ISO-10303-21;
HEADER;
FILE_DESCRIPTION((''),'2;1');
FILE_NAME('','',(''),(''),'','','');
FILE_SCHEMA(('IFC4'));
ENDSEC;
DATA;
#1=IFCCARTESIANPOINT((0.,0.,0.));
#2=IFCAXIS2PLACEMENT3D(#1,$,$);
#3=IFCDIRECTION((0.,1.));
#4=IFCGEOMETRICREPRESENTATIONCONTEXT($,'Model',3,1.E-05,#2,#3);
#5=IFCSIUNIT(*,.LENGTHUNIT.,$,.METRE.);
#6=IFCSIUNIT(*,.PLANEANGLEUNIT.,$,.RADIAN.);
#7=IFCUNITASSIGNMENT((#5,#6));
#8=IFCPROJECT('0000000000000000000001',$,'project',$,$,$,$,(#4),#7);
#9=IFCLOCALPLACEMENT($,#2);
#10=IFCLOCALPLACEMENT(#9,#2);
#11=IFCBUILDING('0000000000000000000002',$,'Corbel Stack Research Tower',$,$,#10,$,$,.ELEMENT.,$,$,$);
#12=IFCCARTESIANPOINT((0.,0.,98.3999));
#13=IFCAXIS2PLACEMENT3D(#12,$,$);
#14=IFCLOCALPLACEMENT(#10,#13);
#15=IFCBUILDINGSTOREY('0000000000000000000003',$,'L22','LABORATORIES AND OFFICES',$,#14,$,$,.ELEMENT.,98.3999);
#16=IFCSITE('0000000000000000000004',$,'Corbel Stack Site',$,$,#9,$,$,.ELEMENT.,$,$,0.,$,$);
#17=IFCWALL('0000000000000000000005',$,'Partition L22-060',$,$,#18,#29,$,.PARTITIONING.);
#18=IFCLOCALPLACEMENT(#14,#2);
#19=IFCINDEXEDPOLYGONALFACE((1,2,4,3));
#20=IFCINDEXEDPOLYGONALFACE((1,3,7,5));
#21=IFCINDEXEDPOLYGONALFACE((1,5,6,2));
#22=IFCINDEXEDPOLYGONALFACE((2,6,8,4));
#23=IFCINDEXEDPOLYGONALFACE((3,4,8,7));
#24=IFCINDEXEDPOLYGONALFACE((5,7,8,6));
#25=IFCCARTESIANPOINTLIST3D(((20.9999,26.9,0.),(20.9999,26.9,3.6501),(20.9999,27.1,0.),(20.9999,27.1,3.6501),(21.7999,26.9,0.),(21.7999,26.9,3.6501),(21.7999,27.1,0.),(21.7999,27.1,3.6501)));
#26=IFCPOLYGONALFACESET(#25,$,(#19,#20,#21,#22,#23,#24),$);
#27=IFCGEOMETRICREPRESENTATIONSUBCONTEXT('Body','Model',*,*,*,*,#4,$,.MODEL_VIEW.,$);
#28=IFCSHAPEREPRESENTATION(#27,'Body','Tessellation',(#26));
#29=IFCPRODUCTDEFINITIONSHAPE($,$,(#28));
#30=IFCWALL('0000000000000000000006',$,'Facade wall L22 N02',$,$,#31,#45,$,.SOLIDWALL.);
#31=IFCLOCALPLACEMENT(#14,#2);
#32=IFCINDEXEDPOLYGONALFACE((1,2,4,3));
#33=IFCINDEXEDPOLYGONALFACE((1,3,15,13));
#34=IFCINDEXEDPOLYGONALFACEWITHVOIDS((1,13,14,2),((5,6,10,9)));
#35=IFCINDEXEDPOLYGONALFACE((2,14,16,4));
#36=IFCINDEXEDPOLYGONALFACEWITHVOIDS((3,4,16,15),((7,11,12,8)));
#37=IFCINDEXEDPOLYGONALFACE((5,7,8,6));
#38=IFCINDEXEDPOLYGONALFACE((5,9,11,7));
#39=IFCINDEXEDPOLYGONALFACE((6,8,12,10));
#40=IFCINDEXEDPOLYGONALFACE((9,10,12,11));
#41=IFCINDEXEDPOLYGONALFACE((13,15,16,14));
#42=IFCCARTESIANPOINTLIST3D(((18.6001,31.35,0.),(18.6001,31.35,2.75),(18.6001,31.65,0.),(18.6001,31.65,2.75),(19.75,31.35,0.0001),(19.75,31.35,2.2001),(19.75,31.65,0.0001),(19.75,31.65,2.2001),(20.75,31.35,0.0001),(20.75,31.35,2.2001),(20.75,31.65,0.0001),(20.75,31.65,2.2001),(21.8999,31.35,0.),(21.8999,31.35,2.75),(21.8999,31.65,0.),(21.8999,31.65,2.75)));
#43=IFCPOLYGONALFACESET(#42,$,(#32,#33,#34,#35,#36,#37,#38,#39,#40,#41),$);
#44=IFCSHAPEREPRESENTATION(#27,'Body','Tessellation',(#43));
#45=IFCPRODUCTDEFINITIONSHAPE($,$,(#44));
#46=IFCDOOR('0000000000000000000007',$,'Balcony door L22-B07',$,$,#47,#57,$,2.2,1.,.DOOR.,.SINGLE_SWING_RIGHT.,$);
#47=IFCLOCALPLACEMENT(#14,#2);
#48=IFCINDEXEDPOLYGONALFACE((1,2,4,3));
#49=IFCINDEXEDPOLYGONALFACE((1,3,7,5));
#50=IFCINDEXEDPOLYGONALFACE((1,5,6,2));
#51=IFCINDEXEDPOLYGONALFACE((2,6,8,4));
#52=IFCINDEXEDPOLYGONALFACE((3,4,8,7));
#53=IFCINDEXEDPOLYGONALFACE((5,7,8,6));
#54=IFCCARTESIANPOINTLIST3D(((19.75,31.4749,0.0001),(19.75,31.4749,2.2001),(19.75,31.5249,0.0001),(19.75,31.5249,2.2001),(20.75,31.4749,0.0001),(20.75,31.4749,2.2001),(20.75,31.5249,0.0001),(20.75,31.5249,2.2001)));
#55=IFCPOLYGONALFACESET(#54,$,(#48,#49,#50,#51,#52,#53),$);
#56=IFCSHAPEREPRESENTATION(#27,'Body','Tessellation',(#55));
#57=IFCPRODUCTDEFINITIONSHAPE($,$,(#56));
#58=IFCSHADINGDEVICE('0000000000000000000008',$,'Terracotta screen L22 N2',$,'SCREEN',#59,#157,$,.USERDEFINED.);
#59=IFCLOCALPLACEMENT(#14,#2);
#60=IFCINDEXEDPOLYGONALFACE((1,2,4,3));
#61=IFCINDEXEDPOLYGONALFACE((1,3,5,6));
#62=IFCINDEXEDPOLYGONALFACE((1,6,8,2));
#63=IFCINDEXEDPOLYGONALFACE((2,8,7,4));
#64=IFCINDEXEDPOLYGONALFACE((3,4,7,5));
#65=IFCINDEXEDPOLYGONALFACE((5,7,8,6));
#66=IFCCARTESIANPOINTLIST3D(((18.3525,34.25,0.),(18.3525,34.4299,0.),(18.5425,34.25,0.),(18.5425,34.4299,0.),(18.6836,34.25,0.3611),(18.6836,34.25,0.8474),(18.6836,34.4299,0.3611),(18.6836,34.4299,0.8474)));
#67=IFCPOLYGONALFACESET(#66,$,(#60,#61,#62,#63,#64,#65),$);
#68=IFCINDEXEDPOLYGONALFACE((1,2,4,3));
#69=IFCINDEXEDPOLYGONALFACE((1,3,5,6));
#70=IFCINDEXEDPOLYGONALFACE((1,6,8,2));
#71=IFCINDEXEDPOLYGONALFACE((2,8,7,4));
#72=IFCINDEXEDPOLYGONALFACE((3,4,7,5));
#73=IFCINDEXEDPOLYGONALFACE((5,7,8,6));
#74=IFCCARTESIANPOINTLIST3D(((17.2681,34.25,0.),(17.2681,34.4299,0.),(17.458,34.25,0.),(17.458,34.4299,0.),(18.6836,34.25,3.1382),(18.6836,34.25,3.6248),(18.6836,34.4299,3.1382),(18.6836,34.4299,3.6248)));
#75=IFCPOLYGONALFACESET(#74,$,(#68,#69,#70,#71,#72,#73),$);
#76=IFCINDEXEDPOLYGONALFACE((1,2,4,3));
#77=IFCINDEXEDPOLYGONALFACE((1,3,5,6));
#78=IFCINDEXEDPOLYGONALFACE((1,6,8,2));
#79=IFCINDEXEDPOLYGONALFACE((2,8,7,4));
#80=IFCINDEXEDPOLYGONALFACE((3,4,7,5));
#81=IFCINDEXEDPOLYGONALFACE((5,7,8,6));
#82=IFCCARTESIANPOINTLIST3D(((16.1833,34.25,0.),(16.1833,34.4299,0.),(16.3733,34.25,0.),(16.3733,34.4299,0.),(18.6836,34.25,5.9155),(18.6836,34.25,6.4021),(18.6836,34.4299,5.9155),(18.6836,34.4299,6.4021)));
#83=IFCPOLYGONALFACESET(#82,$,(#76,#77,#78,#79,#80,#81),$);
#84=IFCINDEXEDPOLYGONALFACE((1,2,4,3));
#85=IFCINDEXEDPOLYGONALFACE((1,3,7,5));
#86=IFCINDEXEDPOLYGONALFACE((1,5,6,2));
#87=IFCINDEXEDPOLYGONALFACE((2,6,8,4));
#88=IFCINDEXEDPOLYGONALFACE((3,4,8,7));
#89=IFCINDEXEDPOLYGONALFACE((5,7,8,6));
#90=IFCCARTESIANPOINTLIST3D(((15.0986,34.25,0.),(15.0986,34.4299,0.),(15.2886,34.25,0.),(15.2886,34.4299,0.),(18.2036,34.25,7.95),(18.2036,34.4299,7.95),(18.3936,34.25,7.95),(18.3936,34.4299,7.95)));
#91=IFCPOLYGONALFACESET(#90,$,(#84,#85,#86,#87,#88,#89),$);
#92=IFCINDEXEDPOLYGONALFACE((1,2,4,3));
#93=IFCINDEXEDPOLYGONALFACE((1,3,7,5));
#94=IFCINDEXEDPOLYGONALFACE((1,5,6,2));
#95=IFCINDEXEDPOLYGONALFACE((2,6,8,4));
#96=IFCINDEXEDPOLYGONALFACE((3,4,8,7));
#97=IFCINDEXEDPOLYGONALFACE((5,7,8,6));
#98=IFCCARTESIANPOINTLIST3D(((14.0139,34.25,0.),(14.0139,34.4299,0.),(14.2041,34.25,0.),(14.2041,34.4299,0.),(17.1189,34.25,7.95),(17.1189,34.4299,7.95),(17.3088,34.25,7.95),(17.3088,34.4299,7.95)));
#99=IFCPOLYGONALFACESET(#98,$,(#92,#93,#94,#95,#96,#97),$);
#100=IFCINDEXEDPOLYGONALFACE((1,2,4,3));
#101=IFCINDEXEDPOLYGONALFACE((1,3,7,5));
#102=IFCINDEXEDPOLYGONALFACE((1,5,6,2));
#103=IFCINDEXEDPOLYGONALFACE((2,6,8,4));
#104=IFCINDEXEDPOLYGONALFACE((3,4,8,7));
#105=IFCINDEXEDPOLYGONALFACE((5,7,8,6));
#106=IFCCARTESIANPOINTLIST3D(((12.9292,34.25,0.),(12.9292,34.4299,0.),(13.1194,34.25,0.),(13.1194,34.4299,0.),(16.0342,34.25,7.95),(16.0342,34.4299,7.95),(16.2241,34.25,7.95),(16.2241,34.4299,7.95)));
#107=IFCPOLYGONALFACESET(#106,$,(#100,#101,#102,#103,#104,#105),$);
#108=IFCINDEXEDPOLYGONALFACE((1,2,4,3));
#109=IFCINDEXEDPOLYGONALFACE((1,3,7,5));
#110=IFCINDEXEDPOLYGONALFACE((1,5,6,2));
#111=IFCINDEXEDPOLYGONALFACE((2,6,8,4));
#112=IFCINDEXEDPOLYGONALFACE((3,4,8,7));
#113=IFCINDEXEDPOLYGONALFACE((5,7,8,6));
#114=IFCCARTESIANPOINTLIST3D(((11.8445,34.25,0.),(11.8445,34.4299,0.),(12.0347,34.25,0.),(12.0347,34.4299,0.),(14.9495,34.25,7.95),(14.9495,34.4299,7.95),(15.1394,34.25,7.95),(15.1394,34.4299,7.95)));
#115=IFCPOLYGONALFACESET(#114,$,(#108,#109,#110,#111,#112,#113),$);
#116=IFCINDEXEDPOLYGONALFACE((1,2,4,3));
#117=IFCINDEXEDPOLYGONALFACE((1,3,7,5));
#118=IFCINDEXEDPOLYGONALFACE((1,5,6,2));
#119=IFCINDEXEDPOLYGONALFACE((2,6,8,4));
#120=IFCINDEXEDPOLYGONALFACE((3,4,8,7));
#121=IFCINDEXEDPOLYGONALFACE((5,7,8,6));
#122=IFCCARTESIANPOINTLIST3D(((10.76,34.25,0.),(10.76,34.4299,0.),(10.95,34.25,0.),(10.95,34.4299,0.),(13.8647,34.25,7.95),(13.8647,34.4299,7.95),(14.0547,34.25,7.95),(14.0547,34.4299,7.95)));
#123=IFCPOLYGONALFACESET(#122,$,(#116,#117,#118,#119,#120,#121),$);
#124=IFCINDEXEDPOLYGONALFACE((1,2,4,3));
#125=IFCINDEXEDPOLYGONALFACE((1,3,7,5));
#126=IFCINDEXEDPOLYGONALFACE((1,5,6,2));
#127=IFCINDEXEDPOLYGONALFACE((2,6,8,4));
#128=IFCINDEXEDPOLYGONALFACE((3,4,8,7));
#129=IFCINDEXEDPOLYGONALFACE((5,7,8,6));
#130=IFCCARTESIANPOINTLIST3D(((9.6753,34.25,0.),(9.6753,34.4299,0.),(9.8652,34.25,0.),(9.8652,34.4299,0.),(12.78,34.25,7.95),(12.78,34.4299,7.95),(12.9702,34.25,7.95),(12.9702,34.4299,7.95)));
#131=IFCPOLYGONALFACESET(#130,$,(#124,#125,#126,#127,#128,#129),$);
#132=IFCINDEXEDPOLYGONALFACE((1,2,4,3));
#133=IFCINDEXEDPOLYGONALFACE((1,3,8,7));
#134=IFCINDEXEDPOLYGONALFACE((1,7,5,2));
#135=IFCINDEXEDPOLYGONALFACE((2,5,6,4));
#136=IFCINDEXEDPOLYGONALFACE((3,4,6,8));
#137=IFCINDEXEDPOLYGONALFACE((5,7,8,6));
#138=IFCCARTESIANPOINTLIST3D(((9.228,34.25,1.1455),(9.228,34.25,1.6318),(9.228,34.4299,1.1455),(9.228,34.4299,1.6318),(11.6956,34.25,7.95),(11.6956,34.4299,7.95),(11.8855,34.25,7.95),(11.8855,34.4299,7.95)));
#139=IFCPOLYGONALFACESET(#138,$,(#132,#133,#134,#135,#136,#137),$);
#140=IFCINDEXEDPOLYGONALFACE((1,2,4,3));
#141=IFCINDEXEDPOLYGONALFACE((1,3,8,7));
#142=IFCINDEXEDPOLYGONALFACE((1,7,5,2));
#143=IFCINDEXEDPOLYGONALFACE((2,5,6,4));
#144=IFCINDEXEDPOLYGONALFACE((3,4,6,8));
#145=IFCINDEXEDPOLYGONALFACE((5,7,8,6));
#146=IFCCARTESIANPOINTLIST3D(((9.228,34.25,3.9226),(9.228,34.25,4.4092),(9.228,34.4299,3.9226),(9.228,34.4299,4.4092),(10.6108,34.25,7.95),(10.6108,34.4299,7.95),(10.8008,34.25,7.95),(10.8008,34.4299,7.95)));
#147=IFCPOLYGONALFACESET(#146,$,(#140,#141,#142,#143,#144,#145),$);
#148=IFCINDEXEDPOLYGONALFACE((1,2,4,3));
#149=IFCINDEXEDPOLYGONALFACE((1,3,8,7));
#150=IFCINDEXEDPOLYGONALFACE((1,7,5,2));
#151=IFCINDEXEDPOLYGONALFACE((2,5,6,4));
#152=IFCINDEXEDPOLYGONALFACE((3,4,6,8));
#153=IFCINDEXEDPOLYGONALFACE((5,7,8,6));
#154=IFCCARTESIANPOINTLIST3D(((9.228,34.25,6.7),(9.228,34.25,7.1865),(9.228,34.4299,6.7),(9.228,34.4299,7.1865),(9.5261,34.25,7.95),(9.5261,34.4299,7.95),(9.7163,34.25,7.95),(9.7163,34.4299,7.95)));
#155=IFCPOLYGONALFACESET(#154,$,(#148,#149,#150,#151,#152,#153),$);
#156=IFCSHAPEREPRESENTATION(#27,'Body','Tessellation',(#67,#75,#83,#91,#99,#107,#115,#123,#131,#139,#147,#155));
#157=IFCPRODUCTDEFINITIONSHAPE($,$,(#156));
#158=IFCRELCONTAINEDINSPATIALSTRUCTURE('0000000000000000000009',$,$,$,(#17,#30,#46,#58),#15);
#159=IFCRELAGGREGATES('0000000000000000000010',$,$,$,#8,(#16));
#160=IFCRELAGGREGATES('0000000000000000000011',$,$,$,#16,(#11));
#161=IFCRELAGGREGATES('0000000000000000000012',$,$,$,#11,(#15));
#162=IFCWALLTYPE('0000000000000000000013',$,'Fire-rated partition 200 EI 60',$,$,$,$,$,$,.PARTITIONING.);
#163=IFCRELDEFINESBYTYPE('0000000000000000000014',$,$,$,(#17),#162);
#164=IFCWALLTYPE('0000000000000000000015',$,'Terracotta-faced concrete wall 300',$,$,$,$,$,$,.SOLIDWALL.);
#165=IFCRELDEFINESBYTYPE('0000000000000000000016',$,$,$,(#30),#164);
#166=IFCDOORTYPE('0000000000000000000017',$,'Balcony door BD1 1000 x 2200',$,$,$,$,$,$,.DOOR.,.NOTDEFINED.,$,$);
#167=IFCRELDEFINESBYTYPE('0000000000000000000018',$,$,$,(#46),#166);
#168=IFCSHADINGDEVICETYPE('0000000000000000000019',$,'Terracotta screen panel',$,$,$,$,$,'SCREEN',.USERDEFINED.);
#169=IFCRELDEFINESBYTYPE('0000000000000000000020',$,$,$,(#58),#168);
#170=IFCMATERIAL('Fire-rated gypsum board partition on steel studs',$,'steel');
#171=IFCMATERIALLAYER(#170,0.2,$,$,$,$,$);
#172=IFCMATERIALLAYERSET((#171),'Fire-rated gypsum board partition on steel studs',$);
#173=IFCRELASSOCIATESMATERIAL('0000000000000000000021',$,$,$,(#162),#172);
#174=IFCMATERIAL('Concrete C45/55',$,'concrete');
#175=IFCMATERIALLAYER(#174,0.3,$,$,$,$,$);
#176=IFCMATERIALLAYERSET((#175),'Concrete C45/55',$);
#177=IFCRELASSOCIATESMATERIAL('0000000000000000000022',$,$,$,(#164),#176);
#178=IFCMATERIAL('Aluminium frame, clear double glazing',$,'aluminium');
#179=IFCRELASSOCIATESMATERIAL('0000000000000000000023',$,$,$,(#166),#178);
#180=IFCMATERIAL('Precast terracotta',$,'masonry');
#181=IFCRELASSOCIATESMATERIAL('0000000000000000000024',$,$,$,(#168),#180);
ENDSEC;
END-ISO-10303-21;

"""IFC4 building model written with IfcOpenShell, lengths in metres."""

from ifc_helpers import new_model, si_unit, direction, frame, frame_2d, origin, place, context, subcontext, project, spatial, polyline, rectangle, outline, extrude, source, transform, mapped, material, layer, layer_set, type_object, element, fill, save


model = new_model("IFC4")

# Units and contexts
model_context = context("Model", 3, precision=1e-05, world=origin(), true_north=direction((0.0, 1.0)))
body_context = subcontext(model_context, "Body", "Model", "MODEL_VIEW")
ifc_project = project(units=[si_unit("LENGTHUNIT", "METRE"), si_unit("PLANEANGLEUNIT", "RADIAN")], contexts=[model_context])

# Site, building, storey
site_placement = place(None, origin())
site = spatial("IfcSite", under=ifc_project, at=site_placement, Name="Corbel Stack Site", CompositionType="ELEMENT", RefElevation=0.0)
building_placement = place(site_placement, origin())
building = spatial("IfcBuilding", under=site, at=building_placement, Name="Corbel Stack Research Tower", CompositionType="ELEMENT")
storey_placement = place(building_placement, frame((0.0, 0.0, 98.3999)))
storey = spatial("IfcBuildingStorey", under=building, at=storey_placement, Name="L22", Description="LABORATORIES AND OFFICES", CompositionType="ELEMENT", Elevation=98.3999)

# Shared definitions
ifc_material_1 = material(Name="Fire-rated gypsum board partition on steel studs", Category="steel")
ifc_layer_1 = layer(ifc_material_1, 0.2)
ifc_layer_set_1 = layer_set([ifc_layer_1], Name="Fire-rated gypsum board partition on steel studs")
wall_type_1 = type_object("IfcWallType", Name="Fire-rated partition 200 EI 60", PredefinedType="PARTITIONING", material=ifc_layer_set_1)

# Wall
wall_1_placement = place(storey_placement, frame((21.0, 27.0, 0.0), z_axis=(0.0, 0.0, 1.0), x_axis=(1.0, 0.0, 0.0)))
element("IfcWall", 1, at=wall_1_placement, inside=storey, type_object=wall_type_1, Name="Partition L22-060", PredefinedType="PARTITIONING", context=body_context, shape_type="SweptSolid", body=[
    extrude(rectangle(XDim=0.8, YDim=0.2, at=frame_2d((0.3999, 0.0))), origin(), (0.0, 0.0, 1.0), 3.6501),
])

# Wall, opening, door
ifc_material_2 = material(Name="Concrete C45/55", Category="concrete")
ifc_layer_2 = layer(ifc_material_2, 0.3)
ifc_layer_set_2 = layer_set([ifc_layer_2], Name="Concrete C45/55")
wall_type_2 = type_object("IfcWallType", Name="Terracotta-faced concrete wall 300", PredefinedType="SOLIDWALL", material=ifc_layer_set_2)
wall_2_placement = place(storey_placement, frame((18.6001, 31.5, 0.0), z_axis=(0.0, 0.0, 1.0), x_axis=(1.0, 0.0, 0.0)))
wall_2 = element("IfcWall", 2, at=wall_2_placement, inside=storey, type_object=wall_type_2, Name="Facade wall L22 N02", PredefinedType="SOLIDWALL", context=body_context, shape_type="SweptSolid", body=[
    extrude(rectangle(XDim=3.2998, YDim=0.3, at=frame_2d((1.6499, 0.0))), origin(), (0.0, 0.0, 1.0), 2.75),
])
opening_1_placement = place(wall_2_placement, frame((1.1499, 0.0, 0.0)))
opening_1 = element("IfcOpeningElement", 3, at=opening_1_placement, cuts=wall_2, PredefinedType="OPENING", context=body_context, shape_type="SweptSolid", body=[
    extrude(rectangle(XDim=1.0, YDim=2.2, at=frame_2d((0.5, 1.1001))), frame((0.0, 0.1599, 0.0), z_axis=(0.0, -1.0, 0.0), x_axis=(1.0, 0.0, 0.0)), (0.0, 0.0, 1.0), 0.3201),
])
ifc_material_3 = material(Name="Aluminium frame, clear double glazing", Category="aluminium")
door_type_1 = type_object("IfcDoorType", Name="Balcony door BD1 1000 x 2200", OperationType="NOTDEFINED", PredefinedType="DOOR", material=ifc_material_3)
door_1_placement = place(opening_1_placement, origin())
door_1 = element("IfcDoor", 4, at=door_1_placement, inside=storey, type_object=door_type_1, Name="Balcony door L22-B07", OperationType="SINGLE_SWING_RIGHT", OverallHeight=2.2, OverallWidth=1.0, PredefinedType="DOOR", context=body_context, shape_type="SweptSolid", body=[
    extrude(rectangle(XDim=1.0, YDim=2.2, at=frame_2d((0.5, 1.1001))), frame((0.0, 0.0249, 0.0), z_axis=(0.0, -1.0, 0.0), x_axis=(1.0, 0.0, 0.0)), (0.0, 0.0, 1.0), 0.05),
])
fill(opening_1, door_1)

# Shading device
ifc_material_4 = material(Name="Precast terracotta", Category="masonry")
shading_device_type = type_object("IfcShadingDeviceType", Name="Terracotta screen panel", ElementType="SCREEN", PredefinedType="USERDEFINED", material=ifc_material_4)
shared_shape = source(origin(), body_context, "Body", "SweptSolid", [
    extrude(outline(polyline([(0.3311, 0.0), (0.0, 0.8474), (0.0, 0.3611), (0.1411, 0.0), (0.3311, 0.0)])), frame((0.0, 0.0, 0.0), z_axis=(0.0, -1.0, 0.0), x_axis=(1.0, 0.0, 0.0)), (0.0, 0.0, 1.0), 0.1799),
    extrude(outline(polyline([(1.4155, 0.0), (0.0, 3.6248), (0.0, 3.1382), (1.2256, 0.0), (1.4155, 0.0)])), frame((0.0, 0.0, 0.0), z_axis=(0.0, -1.0, 0.0), x_axis=(1.0, 0.0, 0.0)), (0.0, 0.0, 1.0), 0.1799),
    extrude(outline(polyline([(2.5002, 0.0), (0.0, 6.4021), (0.0, 5.9155), (2.3103, 0.0), (2.5002, 0.0)])), frame((0.0, 0.0, 0.0), z_axis=(0.0, -1.0, 0.0), x_axis=(1.0, 0.0, 0.0)), (0.0, 0.0, 1.0), 0.1799),
    extrude(outline(polyline([(3.585, 0.0), (0.48, 7.95), (0.29, 7.95), (3.395, 0.0), (3.585, 0.0)])), frame((0.0, 0.0, 0.0), z_axis=(0.0, -1.0, 0.0), x_axis=(1.0, 0.0, 0.0)), (0.0, 0.0, 1.0), 0.1799),
    extrude(outline(polyline([(4.6697, 0.0), (1.5647, 7.95), (1.3748, 7.95), (4.4795, 0.0), (4.6697, 0.0)])), frame((0.0, 0.0, 0.0), z_axis=(0.0, -1.0, 0.0), x_axis=(1.0, 0.0, 0.0)), (0.0, 0.0, 1.0), 0.1799),
    extrude(outline(polyline([(5.7544, 0.0), (2.6494, 7.95), (2.4595, 7.95), (5.5642, 0.0), (5.7544, 0.0)])), frame((0.0, 0.0, 0.0), z_axis=(0.0, -1.0, 0.0), x_axis=(1.0, 0.0, 0.0)), (0.0, 0.0, 1.0), 0.1799),
    extrude(outline(polyline([(6.8391, 0.0), (3.7341, 7.95), (3.5442, 7.95), (6.6489, 0.0), (6.8391, 0.0)])), frame((0.0, 0.0, 0.0), z_axis=(0.0, -1.0, 0.0), x_axis=(1.0, 0.0, 0.0)), (0.0, 0.0, 1.0), 0.1799),
    extrude(outline(polyline([(7.9236, 0.0), (4.8188, 7.95), (4.6289, 7.95), (7.7336, 0.0), (7.9236, 0.0)])), frame((0.0, 0.0, 0.0), z_axis=(0.0, -1.0, 0.0), x_axis=(1.0, 0.0, 0.0)), (0.0, 0.0, 1.0), 0.1799),
    extrude(outline(polyline([(9.0083, 0.0), (5.9036, 7.95), (5.7134, 7.95), (8.8184, 0.0), (9.0083, 0.0)])), frame((0.0, 0.0, 0.0), z_axis=(0.0, -1.0, 0.0), x_axis=(1.0, 0.0, 0.0)), (0.0, 0.0, 1.0), 0.1799),
    extrude(outline(polyline([(6.988, 7.95), (6.7981, 7.95), (9.4556, 1.1455), (9.4556, 1.6318), (6.988, 7.95)])), frame((0.0, 0.0, 0.0), z_axis=(0.0, -1.0, 0.0), x_axis=(1.0, 0.0, 0.0)), (0.0, 0.0, 1.0), 0.1799),
    extrude(outline(polyline([(8.0728, 7.95), (7.8828, 7.95), (9.4556, 3.9226), (9.4556, 4.4092), (8.0728, 7.95)])), frame((0.0, 0.0, 0.0), z_axis=(0.0, -1.0, 0.0), x_axis=(1.0, 0.0, 0.0)), (0.0, 0.0, 1.0), 0.1799),
    extrude(outline(polyline([(9.1575, 7.95), (8.9673, 7.95), (9.4556, 6.7), (9.4556, 7.1865), (9.1575, 7.95)])), frame((0.0, 0.0, 0.0), z_axis=(0.0, -1.0, 0.0), x_axis=(1.0, 0.0, 0.0)), (0.0, 0.0, 1.0), 0.1799),
])
shading_device_placement = place(storey_placement, frame((18.6836, 34.25, 0.0), z_axis=(0.0, 0.0, 1.0), x_axis=(-1.0, 0.0, 0.0)))
element("IfcShadingDevice", 5, at=shading_device_placement, inside=storey, type_object=shading_device_type, Name="Terracotta screen L22 N2", ObjectType="SCREEN", PredefinedType="USERDEFINED", context=body_context, shape_type="MappedRepresentation", body=[
    mapped(shared_shape, transform((0.0, 0.0, 0.0))),
])

save(model, "model.ifc")
